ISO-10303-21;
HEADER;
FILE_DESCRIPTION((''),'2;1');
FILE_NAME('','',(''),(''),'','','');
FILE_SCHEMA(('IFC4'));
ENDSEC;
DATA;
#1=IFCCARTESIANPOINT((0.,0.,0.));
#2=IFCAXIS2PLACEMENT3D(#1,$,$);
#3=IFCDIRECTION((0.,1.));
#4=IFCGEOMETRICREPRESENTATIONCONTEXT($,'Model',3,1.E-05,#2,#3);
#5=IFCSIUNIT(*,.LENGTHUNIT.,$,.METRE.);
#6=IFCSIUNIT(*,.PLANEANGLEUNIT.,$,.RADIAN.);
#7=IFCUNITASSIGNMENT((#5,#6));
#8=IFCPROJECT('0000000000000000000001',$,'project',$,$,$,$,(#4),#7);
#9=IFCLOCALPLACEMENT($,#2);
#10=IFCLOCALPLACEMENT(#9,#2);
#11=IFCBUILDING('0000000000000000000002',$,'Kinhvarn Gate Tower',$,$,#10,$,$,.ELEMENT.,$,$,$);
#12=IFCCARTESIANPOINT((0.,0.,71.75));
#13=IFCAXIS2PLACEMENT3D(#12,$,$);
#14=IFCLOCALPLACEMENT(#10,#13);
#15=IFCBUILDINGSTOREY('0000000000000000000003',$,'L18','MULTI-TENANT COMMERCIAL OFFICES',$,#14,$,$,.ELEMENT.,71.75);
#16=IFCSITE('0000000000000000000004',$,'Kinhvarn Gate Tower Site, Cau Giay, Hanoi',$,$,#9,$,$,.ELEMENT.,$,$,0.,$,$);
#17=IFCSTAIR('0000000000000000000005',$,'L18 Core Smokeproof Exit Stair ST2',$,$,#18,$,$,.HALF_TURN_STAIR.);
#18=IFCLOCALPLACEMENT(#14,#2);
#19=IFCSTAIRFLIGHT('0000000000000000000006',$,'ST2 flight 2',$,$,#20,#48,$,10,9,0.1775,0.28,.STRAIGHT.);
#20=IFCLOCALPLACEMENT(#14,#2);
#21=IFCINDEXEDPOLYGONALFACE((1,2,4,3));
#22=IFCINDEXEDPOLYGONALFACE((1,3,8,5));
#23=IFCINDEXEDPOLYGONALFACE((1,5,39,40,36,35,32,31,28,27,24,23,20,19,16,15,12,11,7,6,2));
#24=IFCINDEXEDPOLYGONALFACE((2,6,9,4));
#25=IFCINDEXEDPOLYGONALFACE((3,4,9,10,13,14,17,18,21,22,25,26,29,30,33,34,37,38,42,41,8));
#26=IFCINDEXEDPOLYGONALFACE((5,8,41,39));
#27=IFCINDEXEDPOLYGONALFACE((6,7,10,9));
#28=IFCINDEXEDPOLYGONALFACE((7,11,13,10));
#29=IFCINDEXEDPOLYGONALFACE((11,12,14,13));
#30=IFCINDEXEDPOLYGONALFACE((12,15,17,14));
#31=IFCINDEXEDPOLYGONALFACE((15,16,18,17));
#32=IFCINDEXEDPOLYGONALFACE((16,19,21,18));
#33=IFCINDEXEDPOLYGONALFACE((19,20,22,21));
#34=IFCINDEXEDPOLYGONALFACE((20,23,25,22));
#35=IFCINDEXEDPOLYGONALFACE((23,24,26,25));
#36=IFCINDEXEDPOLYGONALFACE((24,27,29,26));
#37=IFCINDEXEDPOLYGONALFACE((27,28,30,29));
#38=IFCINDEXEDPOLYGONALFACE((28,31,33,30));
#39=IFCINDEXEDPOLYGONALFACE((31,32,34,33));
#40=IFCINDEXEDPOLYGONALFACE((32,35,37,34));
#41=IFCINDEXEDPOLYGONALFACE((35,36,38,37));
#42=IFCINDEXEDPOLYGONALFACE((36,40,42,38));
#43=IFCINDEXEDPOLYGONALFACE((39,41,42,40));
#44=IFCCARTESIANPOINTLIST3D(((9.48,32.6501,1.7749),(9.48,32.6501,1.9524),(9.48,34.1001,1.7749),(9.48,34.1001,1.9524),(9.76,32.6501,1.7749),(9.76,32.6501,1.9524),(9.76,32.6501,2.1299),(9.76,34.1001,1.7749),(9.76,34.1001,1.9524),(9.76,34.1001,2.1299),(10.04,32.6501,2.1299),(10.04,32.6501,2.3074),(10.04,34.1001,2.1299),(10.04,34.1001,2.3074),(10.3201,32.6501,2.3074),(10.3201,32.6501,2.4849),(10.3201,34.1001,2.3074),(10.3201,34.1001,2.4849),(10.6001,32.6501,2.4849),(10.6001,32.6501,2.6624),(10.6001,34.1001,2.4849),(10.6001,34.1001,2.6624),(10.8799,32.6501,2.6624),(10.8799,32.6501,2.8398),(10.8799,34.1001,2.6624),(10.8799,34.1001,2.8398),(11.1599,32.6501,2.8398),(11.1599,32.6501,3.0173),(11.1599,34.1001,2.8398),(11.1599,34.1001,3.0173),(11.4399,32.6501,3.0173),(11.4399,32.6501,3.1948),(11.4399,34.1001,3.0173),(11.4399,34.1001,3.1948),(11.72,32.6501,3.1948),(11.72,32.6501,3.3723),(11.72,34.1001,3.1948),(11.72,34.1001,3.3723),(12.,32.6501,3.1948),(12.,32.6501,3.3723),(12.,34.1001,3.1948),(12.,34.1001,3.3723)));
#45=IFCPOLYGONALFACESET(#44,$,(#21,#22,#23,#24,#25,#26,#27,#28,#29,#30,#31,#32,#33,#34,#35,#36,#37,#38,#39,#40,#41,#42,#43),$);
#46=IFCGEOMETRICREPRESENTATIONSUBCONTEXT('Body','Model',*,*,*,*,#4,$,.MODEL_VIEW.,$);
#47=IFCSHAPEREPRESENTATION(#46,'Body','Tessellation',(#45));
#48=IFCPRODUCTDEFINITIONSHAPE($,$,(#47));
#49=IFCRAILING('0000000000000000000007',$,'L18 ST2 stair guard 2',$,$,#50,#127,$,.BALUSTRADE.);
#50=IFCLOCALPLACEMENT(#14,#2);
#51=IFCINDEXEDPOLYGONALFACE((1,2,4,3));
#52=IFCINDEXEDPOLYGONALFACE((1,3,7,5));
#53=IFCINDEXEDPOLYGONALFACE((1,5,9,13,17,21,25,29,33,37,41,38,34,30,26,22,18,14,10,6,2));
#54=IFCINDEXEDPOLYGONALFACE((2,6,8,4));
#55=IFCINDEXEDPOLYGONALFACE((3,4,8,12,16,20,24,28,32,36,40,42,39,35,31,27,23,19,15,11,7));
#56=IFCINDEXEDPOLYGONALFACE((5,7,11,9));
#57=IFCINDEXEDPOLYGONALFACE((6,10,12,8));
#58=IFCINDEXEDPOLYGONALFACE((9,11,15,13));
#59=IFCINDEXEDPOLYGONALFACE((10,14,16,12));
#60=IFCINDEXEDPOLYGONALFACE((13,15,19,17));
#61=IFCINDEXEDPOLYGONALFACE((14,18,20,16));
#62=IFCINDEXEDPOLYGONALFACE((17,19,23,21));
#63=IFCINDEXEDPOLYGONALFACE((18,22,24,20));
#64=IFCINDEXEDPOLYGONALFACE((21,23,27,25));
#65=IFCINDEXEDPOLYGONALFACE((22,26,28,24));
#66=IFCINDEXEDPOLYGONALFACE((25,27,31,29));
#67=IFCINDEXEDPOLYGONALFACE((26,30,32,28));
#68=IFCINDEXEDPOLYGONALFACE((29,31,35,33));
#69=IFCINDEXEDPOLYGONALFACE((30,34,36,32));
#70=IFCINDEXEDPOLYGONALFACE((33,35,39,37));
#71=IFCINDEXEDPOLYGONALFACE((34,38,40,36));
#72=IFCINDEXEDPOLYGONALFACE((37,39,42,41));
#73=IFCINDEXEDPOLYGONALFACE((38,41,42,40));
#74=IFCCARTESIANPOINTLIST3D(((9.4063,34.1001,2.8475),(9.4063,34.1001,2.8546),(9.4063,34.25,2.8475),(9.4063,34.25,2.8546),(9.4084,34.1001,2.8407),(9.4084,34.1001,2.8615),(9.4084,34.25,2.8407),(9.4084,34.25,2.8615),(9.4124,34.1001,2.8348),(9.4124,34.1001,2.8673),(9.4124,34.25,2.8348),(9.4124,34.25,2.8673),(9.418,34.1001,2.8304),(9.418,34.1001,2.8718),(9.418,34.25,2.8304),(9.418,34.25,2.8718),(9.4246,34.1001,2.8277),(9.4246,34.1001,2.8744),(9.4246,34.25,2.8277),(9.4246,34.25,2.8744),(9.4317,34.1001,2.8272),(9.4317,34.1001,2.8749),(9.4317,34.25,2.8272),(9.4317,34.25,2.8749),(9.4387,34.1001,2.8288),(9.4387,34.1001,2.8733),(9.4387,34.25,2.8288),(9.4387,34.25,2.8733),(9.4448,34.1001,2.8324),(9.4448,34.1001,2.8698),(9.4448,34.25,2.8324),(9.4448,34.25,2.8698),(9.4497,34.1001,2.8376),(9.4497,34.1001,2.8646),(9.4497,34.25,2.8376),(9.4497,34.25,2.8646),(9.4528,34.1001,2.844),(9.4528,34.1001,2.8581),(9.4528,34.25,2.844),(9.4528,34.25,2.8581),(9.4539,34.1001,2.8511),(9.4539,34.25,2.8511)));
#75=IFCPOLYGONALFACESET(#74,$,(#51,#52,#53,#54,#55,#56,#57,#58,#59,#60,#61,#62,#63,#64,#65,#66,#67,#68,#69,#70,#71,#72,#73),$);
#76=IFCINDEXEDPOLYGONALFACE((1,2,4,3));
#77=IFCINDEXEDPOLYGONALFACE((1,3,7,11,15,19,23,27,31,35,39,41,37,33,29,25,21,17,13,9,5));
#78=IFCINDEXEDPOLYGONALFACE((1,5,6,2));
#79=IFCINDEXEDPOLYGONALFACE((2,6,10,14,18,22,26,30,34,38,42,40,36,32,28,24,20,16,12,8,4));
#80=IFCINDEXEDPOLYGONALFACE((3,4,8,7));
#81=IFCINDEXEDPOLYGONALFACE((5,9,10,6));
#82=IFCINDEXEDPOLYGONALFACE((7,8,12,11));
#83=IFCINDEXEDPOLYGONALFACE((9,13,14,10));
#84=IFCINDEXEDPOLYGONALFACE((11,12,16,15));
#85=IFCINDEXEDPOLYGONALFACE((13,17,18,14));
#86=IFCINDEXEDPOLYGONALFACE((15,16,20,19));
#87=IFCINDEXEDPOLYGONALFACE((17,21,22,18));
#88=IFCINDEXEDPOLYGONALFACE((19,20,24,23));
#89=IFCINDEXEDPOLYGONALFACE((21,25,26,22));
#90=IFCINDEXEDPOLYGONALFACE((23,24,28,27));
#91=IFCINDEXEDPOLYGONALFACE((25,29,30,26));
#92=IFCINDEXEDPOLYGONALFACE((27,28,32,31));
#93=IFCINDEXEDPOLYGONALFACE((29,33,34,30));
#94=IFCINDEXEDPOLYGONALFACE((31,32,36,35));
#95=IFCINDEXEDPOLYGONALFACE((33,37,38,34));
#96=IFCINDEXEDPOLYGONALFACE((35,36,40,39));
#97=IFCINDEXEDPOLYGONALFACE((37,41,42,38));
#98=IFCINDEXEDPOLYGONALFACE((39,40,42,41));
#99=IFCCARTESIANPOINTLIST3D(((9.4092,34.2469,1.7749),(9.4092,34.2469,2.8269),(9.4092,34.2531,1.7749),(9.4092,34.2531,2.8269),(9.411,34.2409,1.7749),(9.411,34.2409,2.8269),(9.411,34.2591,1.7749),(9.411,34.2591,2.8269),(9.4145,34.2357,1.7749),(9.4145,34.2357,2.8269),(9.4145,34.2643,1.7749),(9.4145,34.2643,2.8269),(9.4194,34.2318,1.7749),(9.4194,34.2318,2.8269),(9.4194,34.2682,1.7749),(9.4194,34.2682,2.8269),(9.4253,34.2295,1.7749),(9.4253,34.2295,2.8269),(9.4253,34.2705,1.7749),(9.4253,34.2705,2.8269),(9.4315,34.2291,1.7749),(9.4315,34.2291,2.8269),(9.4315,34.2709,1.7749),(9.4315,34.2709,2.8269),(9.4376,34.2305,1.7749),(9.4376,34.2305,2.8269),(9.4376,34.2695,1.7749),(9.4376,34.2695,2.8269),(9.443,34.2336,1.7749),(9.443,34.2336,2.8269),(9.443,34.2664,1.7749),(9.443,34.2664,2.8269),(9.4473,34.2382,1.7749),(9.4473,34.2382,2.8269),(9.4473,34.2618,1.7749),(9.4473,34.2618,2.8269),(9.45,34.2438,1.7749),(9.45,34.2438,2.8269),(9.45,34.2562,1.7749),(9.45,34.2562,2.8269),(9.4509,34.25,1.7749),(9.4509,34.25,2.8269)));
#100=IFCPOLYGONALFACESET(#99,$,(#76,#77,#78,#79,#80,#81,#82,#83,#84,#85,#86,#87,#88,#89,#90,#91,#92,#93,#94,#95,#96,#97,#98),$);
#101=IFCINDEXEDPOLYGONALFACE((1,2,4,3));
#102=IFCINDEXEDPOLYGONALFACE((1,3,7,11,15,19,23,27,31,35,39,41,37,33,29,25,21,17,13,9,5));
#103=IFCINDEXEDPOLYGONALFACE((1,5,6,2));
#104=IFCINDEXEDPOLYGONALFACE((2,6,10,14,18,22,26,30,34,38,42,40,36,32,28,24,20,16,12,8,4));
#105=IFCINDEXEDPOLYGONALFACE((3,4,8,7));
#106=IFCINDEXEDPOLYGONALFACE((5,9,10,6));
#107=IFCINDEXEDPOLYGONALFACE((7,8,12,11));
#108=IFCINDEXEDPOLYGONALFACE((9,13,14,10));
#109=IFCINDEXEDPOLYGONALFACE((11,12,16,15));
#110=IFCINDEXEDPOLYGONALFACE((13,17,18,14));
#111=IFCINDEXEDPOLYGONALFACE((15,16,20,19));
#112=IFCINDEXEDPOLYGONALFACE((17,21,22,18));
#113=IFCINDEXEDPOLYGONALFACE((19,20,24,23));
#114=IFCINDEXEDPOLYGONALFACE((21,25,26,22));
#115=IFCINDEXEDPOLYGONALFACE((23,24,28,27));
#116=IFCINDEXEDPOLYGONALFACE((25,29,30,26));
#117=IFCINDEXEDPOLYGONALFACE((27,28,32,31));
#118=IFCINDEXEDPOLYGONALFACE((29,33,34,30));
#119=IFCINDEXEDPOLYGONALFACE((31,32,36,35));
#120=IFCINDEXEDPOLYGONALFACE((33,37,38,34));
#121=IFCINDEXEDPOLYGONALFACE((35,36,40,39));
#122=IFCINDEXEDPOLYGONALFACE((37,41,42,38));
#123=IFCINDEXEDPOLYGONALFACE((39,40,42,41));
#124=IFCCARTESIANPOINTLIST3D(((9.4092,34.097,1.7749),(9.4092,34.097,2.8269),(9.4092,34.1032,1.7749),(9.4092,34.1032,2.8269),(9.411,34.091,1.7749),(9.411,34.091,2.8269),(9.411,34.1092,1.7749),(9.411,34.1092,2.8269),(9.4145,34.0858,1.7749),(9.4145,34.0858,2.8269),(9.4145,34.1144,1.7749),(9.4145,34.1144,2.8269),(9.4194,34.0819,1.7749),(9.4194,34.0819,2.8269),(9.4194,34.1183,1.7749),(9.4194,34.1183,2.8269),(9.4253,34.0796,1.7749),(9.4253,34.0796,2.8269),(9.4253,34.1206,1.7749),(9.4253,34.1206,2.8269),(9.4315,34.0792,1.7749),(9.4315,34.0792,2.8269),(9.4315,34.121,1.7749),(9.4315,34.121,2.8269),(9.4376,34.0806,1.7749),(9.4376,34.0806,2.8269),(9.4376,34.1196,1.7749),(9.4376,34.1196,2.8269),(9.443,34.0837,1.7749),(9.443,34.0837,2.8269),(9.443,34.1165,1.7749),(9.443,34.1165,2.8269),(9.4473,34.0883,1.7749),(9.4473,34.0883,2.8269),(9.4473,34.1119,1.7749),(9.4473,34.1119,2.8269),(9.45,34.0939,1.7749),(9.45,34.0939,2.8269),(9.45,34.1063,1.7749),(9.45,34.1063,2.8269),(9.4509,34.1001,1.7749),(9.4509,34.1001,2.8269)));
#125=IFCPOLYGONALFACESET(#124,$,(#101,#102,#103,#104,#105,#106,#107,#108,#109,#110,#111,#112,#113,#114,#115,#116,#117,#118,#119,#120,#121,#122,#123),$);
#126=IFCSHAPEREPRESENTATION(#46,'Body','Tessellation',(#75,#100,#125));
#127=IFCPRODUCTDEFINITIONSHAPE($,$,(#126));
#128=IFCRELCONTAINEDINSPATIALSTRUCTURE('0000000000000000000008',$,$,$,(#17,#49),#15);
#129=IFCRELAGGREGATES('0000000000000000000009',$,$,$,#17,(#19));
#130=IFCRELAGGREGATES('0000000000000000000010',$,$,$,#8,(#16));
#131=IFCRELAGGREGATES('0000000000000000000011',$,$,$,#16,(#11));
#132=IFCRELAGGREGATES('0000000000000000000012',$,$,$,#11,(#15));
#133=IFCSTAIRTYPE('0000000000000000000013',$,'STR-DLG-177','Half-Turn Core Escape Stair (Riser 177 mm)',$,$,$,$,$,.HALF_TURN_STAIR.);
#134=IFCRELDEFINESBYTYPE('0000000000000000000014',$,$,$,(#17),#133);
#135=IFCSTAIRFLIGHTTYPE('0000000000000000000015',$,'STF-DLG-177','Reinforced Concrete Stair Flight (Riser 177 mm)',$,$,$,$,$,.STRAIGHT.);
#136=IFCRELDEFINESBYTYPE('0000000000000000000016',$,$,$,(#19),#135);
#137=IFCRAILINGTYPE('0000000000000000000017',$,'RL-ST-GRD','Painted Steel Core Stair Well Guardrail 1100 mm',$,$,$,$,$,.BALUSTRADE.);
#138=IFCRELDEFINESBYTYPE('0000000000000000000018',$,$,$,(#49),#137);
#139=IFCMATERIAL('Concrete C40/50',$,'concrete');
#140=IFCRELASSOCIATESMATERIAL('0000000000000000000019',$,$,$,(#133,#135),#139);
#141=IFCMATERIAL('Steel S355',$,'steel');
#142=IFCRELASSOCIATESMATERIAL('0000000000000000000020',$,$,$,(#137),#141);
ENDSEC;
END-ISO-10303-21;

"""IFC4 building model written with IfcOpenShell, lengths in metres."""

from ifc_helpers import new_model, si_unit, direction, frame, origin, origin_2d, place, context, subcontext, project, spatial, polyline, circle, outline, extrude, material, type_object, element, aggregate, save


model = new_model("IFC4")

# Units and contexts
model_context = context("Model", 3, precision=1e-05, world=origin(), true_north=direction((0.0, 1.0)))
body_context = subcontext(model_context, "Body", "Model", "MODEL_VIEW")
ifc_project = project(units=[si_unit("LENGTHUNIT", "METRE"), si_unit("PLANEANGLEUNIT", "RADIAN")], contexts=[model_context])

# Site, building, storey
site_placement = place(None, origin())
site = spatial("IfcSite", under=ifc_project, at=site_placement, Name="Kinhvarn Gate Tower Site, Cau Giay, Hanoi", CompositionType="ELEMENT", RefElevation=0.0)
building_placement = place(site_placement, origin())
building = spatial("IfcBuilding", under=site, at=building_placement, Name="Kinhvarn Gate Tower", CompositionType="ELEMENT")
storey_placement = place(building_placement, frame((0.0, 0.0, 71.75)))
storey = spatial("IfcBuildingStorey", under=building, at=storey_placement, Name="L18", Description="MULTI-TENANT COMMERCIAL OFFICES", CompositionType="ELEMENT", Elevation=71.75)

# Shared definitions
ifc_material_1 = material(Name="Steel S355", Category="steel")

# Shared definitions
ifc_material_2 = material(Name="Concrete C40/50", Category="concrete")

# Stair, stair flight
stair_type = type_object("IfcStairType", Name="STR-DLG-177", Description="Half-Turn Core Escape Stair (Riser 177 mm)", PredefinedType="HALF_TURN_STAIR", material=ifc_material_2)
stair_placement = place(storey_placement, origin())
stair = element("IfcStair", 1, at=stair_placement, inside=storey, type_object=stair_type, Name="L18 Core Smokeproof Exit Stair ST2", PredefinedType="HALF_TURN_STAIR")
stair_flight_type = type_object("IfcStairFlightType", Name="STF-DLG-177", Description="Reinforced Concrete Stair Flight (Riser 177 mm)", PredefinedType="STRAIGHT", material=ifc_material_2)
stair_flight_placement = place(storey_placement, frame((9.48, 33.375, 1.7749), z_axis=(0.0, 0.0, 1.0), x_axis=(1.0, 0.0, 0.0)))
stair_flight = element("IfcStairFlight", 2, at=stair_flight_placement, type_object=stair_flight_type, Name="ST2 flight 2", NumberOfRisers=10, NumberOfTreads=9, PredefinedType="STRAIGHT", RiserHeight=0.1775, TreadLength=0.28, context=body_context, shape_type="SweptSolid", body=[
    extrude(outline(polyline([(0.0, 0.0), (0.0, 0.1775), (0.28, 0.1775), (0.28, 0.355), (0.5601, 0.355), (0.5601, 0.5325), (0.8401, 0.5325), (0.8401, 0.71), (1.1201, 0.71), (1.1201, 0.8875), (1.3999, 0.8875), (1.3999, 1.0649), (1.6799, 1.0649), (1.6799, 1.2424), (1.96, 1.2424), (1.96, 1.4199), (2.24, 1.4199), (2.24, 1.5974), (2.52, 1.5974), (2.52, 1.7749), (2.52, 1.4199), (0.28, 0.0), (0.0, 0.0)])), frame((0.0, 0.7251, 0.0), z_axis=(0.0, -1.0, 0.0), x_axis=(1.0, 0.0, 0.0)), (0.0, 0.0, 1.0), 1.45),
])
aggregate(stair, [stair_flight])

# Railing
railing_type_1 = type_object("IfcRailingType", Name="RL-ST-GRD", Description="Painted Steel Core Stair Well Guardrail 1100 mm", PredefinedType="BALUSTRADE", material=ifc_material_1)
railing_1_placement = place(storey_placement, frame((9.4299, 34.25, 1.7749)))
element("IfcRailing", 3, at=railing_1_placement, inside=storey, type_object=railing_type_1, Name="L18 ST2 stair guard 2", PredefinedType="BALUSTRADE", context=body_context, shape_type="SweptSolid", body=[
    extrude(circle(Radius=0.0239, at=origin_2d()), frame((0.0, 0.0, 1.0762), z_axis=(0.0, -1.0, 0.0), x_axis=(1.0, 0.0, 0.0)), (0.0, 0.0, 1.0), 0.1499),
    extrude(circle(Radius=0.021, at=origin_2d()), origin(), (0.0, 0.0, 1.0), 1.052),
    extrude(circle(Radius=0.021, at=origin_2d()), frame((0.0, -0.1499, 0.0)), (0.0, 0.0, 1.0), 1.052),
])

save(model, "model.ifc")
